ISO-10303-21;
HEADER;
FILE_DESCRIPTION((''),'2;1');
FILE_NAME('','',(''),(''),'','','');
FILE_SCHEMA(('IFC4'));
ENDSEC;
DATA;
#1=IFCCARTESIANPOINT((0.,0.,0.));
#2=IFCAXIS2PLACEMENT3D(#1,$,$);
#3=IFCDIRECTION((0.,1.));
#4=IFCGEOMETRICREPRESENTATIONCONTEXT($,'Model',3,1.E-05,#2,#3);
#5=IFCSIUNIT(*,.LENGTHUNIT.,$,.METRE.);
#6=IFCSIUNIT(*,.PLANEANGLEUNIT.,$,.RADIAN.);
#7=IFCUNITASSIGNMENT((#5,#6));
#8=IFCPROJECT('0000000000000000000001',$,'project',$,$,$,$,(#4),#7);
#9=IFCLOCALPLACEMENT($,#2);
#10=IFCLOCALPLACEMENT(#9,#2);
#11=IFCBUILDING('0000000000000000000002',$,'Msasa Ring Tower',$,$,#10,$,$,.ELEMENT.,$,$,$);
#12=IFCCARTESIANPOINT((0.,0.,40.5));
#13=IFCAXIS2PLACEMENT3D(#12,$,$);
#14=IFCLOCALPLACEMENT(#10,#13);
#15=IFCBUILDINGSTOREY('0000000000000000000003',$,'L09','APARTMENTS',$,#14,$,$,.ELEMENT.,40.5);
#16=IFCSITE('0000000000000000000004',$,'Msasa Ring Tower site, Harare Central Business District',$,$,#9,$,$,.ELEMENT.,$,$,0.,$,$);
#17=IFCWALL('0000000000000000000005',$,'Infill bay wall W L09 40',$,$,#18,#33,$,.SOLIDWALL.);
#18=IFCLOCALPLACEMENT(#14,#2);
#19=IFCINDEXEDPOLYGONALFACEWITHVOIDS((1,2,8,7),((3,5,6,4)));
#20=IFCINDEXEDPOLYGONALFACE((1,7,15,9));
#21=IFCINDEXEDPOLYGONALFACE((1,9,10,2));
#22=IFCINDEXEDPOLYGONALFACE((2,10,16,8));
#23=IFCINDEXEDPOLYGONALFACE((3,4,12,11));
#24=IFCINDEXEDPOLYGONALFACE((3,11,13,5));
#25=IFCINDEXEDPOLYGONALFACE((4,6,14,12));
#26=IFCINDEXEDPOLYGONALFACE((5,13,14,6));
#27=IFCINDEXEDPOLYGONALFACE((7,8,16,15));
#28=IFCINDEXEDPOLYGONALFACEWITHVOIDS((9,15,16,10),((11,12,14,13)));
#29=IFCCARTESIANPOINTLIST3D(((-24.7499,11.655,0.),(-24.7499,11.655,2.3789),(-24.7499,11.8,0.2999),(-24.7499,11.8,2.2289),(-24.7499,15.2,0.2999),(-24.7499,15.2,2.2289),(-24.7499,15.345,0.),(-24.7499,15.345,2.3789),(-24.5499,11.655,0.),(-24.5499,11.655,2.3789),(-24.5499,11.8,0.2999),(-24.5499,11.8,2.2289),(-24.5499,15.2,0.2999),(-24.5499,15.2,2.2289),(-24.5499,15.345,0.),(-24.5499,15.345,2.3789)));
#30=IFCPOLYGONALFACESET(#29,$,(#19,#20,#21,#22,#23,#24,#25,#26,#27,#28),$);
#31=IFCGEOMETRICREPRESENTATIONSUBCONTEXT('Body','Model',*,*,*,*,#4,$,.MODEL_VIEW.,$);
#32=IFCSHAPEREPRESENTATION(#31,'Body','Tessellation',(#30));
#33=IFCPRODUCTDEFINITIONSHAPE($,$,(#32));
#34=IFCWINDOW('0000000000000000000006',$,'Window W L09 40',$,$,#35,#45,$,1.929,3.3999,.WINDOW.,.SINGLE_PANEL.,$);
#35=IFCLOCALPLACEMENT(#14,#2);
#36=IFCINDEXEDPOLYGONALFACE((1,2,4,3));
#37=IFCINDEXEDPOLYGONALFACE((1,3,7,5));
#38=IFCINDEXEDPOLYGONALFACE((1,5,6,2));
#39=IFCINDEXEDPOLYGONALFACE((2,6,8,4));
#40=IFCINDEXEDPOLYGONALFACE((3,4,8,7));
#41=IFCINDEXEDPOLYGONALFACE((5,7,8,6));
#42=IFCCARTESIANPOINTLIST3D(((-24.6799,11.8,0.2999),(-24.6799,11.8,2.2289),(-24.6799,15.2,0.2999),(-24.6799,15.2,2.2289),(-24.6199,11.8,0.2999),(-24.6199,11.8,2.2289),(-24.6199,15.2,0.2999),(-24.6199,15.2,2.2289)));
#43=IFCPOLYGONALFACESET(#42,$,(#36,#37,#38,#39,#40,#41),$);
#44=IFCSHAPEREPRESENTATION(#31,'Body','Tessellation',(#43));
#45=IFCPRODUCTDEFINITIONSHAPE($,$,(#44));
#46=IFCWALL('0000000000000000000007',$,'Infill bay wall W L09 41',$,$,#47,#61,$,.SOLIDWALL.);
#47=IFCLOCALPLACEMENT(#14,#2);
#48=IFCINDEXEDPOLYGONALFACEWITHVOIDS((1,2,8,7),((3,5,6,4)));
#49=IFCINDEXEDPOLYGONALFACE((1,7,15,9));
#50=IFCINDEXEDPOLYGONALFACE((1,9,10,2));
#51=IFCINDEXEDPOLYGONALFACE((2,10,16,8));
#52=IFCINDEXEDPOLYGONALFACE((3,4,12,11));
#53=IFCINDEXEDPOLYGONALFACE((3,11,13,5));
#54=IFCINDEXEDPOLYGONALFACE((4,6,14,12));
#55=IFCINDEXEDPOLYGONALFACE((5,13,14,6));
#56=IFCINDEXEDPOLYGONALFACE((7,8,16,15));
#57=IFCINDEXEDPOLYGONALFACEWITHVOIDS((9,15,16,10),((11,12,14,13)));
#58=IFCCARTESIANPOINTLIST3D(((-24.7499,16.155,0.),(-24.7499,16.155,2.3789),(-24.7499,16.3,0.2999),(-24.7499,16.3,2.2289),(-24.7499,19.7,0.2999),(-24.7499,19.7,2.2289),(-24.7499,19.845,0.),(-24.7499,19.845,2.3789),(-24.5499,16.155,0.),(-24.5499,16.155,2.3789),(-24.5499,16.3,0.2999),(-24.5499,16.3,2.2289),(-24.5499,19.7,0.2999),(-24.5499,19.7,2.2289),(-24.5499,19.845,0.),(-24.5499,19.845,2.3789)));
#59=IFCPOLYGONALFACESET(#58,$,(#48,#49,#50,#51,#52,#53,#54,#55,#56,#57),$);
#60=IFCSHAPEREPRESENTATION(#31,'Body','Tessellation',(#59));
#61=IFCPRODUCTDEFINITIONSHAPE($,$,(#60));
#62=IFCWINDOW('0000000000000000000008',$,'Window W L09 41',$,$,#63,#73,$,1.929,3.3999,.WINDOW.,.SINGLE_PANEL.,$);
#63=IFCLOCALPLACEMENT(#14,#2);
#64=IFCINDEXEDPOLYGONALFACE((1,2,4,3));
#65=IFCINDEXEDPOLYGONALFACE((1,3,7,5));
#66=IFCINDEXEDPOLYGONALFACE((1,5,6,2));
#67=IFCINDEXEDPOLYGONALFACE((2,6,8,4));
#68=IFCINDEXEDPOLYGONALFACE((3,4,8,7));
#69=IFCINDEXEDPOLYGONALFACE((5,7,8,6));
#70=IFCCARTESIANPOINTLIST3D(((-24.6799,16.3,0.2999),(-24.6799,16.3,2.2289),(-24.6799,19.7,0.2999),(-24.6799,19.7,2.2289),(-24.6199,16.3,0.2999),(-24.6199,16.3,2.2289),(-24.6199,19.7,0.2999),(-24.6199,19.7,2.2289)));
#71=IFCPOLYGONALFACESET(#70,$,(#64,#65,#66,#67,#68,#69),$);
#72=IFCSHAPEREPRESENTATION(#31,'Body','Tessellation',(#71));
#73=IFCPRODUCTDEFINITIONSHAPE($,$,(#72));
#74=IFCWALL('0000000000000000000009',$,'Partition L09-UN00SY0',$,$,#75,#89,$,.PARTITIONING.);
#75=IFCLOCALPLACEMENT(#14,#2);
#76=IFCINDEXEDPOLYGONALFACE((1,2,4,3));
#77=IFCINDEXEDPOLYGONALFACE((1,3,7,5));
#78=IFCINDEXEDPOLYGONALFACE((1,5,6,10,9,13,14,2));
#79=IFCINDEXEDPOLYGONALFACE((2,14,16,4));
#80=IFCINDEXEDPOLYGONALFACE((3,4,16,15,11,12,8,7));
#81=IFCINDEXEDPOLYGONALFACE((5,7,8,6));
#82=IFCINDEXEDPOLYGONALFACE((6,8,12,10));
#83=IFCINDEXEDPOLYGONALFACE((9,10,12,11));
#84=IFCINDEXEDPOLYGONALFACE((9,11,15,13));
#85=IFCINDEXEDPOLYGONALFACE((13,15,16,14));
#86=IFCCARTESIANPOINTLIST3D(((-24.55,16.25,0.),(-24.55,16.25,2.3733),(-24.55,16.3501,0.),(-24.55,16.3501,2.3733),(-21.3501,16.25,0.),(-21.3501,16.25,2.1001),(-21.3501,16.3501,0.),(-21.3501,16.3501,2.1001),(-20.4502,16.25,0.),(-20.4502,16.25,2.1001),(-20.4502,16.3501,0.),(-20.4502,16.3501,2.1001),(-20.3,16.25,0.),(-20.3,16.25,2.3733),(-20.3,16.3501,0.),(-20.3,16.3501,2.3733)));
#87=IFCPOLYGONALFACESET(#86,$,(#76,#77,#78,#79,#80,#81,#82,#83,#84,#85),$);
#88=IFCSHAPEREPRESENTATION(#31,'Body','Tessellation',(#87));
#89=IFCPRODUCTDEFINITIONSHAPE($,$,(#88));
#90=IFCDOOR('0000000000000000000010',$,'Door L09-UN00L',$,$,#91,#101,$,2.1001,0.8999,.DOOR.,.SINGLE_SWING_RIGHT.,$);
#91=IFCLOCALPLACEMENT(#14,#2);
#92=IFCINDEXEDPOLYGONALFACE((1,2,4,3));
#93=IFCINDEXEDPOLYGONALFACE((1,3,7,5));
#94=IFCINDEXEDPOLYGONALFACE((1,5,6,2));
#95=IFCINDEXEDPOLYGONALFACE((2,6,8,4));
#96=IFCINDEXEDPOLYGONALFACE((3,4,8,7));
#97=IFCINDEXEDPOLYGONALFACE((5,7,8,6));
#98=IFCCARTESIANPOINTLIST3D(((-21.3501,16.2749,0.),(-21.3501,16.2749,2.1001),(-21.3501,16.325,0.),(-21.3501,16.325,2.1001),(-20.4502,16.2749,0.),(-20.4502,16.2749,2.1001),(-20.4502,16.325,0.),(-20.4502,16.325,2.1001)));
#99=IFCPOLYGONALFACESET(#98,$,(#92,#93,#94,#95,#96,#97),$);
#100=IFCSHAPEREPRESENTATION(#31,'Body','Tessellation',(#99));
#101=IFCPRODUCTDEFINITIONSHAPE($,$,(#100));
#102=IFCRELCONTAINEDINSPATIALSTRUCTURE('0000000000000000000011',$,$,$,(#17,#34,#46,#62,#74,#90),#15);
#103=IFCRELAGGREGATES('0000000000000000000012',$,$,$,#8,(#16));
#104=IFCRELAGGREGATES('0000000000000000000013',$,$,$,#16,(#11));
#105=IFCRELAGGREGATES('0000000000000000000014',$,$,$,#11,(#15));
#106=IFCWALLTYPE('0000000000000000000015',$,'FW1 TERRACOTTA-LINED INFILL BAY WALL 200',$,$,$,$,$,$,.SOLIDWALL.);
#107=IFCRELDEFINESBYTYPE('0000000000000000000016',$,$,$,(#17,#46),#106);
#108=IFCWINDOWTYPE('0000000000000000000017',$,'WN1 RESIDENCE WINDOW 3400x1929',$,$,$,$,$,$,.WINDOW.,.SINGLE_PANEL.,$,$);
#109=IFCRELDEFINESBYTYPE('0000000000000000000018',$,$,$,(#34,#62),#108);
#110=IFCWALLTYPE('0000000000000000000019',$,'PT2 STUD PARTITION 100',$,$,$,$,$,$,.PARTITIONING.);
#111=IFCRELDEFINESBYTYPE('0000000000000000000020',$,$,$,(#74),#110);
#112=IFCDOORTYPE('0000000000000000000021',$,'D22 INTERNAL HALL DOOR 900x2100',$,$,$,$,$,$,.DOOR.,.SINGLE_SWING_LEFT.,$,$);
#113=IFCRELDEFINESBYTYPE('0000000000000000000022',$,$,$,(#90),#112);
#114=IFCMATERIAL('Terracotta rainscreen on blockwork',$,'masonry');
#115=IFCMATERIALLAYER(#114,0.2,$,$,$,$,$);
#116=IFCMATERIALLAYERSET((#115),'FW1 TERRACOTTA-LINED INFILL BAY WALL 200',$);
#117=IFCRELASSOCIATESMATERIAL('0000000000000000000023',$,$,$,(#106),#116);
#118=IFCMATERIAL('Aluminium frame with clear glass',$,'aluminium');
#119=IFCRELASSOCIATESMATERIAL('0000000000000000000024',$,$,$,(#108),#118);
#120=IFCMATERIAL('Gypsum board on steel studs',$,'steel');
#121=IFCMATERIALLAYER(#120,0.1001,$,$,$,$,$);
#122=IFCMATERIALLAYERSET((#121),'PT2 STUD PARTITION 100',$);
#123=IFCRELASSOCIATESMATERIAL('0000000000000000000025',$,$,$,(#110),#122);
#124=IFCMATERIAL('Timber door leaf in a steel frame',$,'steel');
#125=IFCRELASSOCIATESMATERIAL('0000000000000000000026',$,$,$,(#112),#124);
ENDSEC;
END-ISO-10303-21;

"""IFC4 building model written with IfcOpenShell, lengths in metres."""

from ifc_helpers import new_model, si_unit, direction, frame, frame_2d, origin, place, context, subcontext, project, spatial, rectangle, extrude, material, layer, layer_set, type_object, element, fill, save


model = new_model("IFC4")

# Units and contexts
model_context = context("Model", 3, precision=1e-05, world=origin(), true_north=direction((0.0, 1.0)))
body_context = subcontext(model_context, "Body", "Model", "MODEL_VIEW")
ifc_project = project(units=[si_unit("LENGTHUNIT", "METRE"), si_unit("PLANEANGLEUNIT", "RADIAN")], contexts=[model_context])

# Site, building, storey
site_placement = place(None, origin())
site = spatial("IfcSite", under=ifc_project, at=site_placement, Name="Msasa Ring Tower site, Harare Central Business District", CompositionType="ELEMENT", RefElevation=0.0)
building_placement = place(site_placement, origin())
building = spatial("IfcBuilding", under=site, at=building_placement, Name="Msasa Ring Tower", CompositionType="ELEMENT")
storey_placement = place(building_placement, frame((0.0, 0.0, 40.5)))
storey = spatial("IfcBuildingStorey", under=building, at=storey_placement, Name="L09", Description="APARTMENTS", CompositionType="ELEMENT", Elevation=40.5)

# Walls, openings, windows
ifc_material_1 = material(Name="Terracotta rainscreen on blockwork", Category="masonry")
ifc_layer_1 = layer(ifc_material_1, 0.2)
ifc_layer_set_1 = layer_set([ifc_layer_1], Name="FW1 TERRACOTTA-LINED INFILL BAY WALL 200")
wall_type_1 = type_object("IfcWallType", Name="FW1 TERRACOTTA-LINED INFILL BAY WALL 200", PredefinedType="SOLIDWALL", material=ifc_layer_set_1)
wall_1_placement = place(storey_placement, frame((-24.6499, 11.655, 0.0), z_axis=(0.0, 0.0, 1.0), x_axis=(0.0, 1.0, 0.0)))
wall_1 = element("IfcWall", 1, at=wall_1_placement, inside=storey, type_object=wall_type_1, Name="Infill bay wall W L09 40", PredefinedType="SOLIDWALL", context=body_context, shape_type="SweptSolid", body=[
    extrude(rectangle(XDim=3.6899, YDim=0.2, at=frame_2d((1.845, 0.0))), origin(), (0.0, 0.0, 1.0), 2.3789),
])
opening_1_placement = place(wall_1_placement, frame((0.145, 0.0, 0.3)))
opening_1 = element("IfcOpeningElement", 2, at=opening_1_placement, cuts=wall_1, PredefinedType="OPENING", context=body_context, shape_type="SweptSolid", body=[
    extrude(rectangle(XDim=3.3999, YDim=1.929, at=frame_2d((1.7, 0.9644))), frame((0.0, 0.1099, 0.0), z_axis=(0.0, -1.0, 0.0), x_axis=(1.0, 0.0, 0.0)), (0.0, 0.0, 1.0), 0.22),
])
ifc_material_2 = material(Name="Aluminium frame with clear glass", Category="aluminium")
window_type = type_object("IfcWindowType", Name="WN1 RESIDENCE WINDOW 3400x1929", PartitioningType="SINGLE_PANEL", PredefinedType="WINDOW", material=ifc_material_2)
window_1_placement = place(opening_1_placement, origin())
window_1 = element("IfcWindow", 3, at=window_1_placement, inside=storey, type_object=window_type, Name="Window W L09 40", OverallHeight=1.929, OverallWidth=3.3999, PartitioningType="SINGLE_PANEL", PredefinedType="WINDOW", context=body_context, shape_type="SweptSolid", body=[
    extrude(rectangle(XDim=3.3999, YDim=1.929, at=frame_2d((1.7, 0.9644))), frame((0.0, 0.03, 0.0), z_axis=(0.0, -1.0, 0.0), x_axis=(1.0, 0.0, 0.0)), (0.0, 0.0, 1.0), 0.0601),
])
fill(opening_1, window_1)
wall_2_placement = place(storey_placement, frame((-24.6499, 16.155, 0.0), z_axis=(0.0, 0.0, 1.0), x_axis=(0.0, 1.0, 0.0)))
wall_2 = element("IfcWall", 4, at=wall_2_placement, inside=storey, type_object=wall_type_1, Name="Infill bay wall W L09 41", PredefinedType="SOLIDWALL", context=body_context, shape_type="SweptSolid", body=[
    extrude(rectangle(XDim=3.6899, YDim=0.2, at=frame_2d((1.845, 0.0))), origin(), (0.0, 0.0, 1.0), 2.3789),
])
opening_2_placement = place(wall_2_placement, frame((0.145, 0.0, 0.3)))
opening_2 = element("IfcOpeningElement", 5, at=opening_2_placement, cuts=wall_2, PredefinedType="OPENING", context=body_context, shape_type="SweptSolid", body=[
    extrude(rectangle(XDim=3.3999, YDim=1.929, at=frame_2d((1.7, 0.9644))), frame((0.0, 0.1099, 0.0), z_axis=(0.0, -1.0, 0.0), x_axis=(1.0, 0.0, 0.0)), (0.0, 0.0, 1.0), 0.22),
])
window_2_placement = place(opening_2_placement, origin())
window_2 = element("IfcWindow", 6, at=window_2_placement, inside=storey, type_object=window_type, Name="Window W L09 41", OverallHeight=1.929, OverallWidth=3.3999, PartitioningType="SINGLE_PANEL", PredefinedType="WINDOW", context=body_context, shape_type="SweptSolid", body=[
    extrude(rectangle(XDim=3.3999, YDim=1.929, at=frame_2d((1.7, 0.9644))), frame((0.0, 0.03, 0.0), z_axis=(0.0, -1.0, 0.0), x_axis=(1.0, 0.0, 0.0)), (0.0, 0.0, 1.0), 0.0601),
])
fill(opening_2, window_2)

# Wall, opening, door
ifc_material_3 = material(Name="Gypsum board on steel studs", Category="steel")
ifc_layer_2 = layer(ifc_material_3, 0.1001)
ifc_layer_set_2 = layer_set([ifc_layer_2], Name="PT2 STUD PARTITION 100")
wall_type_2 = type_object("IfcWallType", Name="PT2 STUD PARTITION 100", PredefinedType="PARTITIONING", material=ifc_layer_set_2)
wall_3_placement = place(storey_placement, frame((-24.55, 16.3, 0.0), z_axis=(0.0, 0.0, 1.0), x_axis=(1.0, 0.0, 0.0)))
wall_3 = element("IfcWall", 7, at=wall_3_placement, inside=storey, type_object=wall_type_2, Name="Partition L09-UN00SY0", PredefinedType="PARTITIONING", context=body_context, shape_type="SweptSolid", body=[
    extrude(rectangle(XDim=4.25, YDim=0.1001, at=frame_2d((2.125, 0.0))), origin(), (0.0, 0.0, 1.0), 2.3733),
])
opening_3_placement = place(wall_3_placement, frame((3.2, 0.0, 0.0)))
opening_3 = element("IfcOpeningElement", 8, at=opening_3_placement, cuts=wall_3, PredefinedType="OPENING", context=body_context, shape_type="SweptSolid", body=[
    extrude(rectangle(XDim=0.8999, YDim=2.1001, at=frame_2d((0.45, 1.05))), frame((0.0, 0.0601, 0.0), z_axis=(0.0, -1.0, 0.0), x_axis=(1.0, 0.0, 0.0)), (0.0, 0.0, 1.0), 0.1201),
])
ifc_material_4 = material(Name="Timber door leaf in a steel frame", Category="steel")
door_type = type_object("IfcDoorType", Name="D22 INTERNAL HALL DOOR 900x2100", OperationType="SINGLE_SWING_LEFT", PredefinedType="DOOR", material=ifc_material_4)
door_placement = place(opening_3_placement, origin())
door = element("IfcDoor", 9, at=door_placement, inside=storey, type_object=door_type, Name="Door L09-UN00L", OperationType="SINGLE_SWING_RIGHT", OverallHeight=2.1001, OverallWidth=0.8999, PredefinedType="DOOR", context=body_context, shape_type="SweptSolid", body=[
    extrude(rectangle(XDim=0.8999, YDim=2.1001, at=frame_2d((0.45, 1.05))), frame((0.0, 0.0249, 0.0), z_axis=(0.0, -1.0, 0.0), x_axis=(1.0, 0.0, 0.0)), (0.0, 0.0, 1.0), 0.05),
])
fill(opening_3, door)

save(model, "model.ifc")
